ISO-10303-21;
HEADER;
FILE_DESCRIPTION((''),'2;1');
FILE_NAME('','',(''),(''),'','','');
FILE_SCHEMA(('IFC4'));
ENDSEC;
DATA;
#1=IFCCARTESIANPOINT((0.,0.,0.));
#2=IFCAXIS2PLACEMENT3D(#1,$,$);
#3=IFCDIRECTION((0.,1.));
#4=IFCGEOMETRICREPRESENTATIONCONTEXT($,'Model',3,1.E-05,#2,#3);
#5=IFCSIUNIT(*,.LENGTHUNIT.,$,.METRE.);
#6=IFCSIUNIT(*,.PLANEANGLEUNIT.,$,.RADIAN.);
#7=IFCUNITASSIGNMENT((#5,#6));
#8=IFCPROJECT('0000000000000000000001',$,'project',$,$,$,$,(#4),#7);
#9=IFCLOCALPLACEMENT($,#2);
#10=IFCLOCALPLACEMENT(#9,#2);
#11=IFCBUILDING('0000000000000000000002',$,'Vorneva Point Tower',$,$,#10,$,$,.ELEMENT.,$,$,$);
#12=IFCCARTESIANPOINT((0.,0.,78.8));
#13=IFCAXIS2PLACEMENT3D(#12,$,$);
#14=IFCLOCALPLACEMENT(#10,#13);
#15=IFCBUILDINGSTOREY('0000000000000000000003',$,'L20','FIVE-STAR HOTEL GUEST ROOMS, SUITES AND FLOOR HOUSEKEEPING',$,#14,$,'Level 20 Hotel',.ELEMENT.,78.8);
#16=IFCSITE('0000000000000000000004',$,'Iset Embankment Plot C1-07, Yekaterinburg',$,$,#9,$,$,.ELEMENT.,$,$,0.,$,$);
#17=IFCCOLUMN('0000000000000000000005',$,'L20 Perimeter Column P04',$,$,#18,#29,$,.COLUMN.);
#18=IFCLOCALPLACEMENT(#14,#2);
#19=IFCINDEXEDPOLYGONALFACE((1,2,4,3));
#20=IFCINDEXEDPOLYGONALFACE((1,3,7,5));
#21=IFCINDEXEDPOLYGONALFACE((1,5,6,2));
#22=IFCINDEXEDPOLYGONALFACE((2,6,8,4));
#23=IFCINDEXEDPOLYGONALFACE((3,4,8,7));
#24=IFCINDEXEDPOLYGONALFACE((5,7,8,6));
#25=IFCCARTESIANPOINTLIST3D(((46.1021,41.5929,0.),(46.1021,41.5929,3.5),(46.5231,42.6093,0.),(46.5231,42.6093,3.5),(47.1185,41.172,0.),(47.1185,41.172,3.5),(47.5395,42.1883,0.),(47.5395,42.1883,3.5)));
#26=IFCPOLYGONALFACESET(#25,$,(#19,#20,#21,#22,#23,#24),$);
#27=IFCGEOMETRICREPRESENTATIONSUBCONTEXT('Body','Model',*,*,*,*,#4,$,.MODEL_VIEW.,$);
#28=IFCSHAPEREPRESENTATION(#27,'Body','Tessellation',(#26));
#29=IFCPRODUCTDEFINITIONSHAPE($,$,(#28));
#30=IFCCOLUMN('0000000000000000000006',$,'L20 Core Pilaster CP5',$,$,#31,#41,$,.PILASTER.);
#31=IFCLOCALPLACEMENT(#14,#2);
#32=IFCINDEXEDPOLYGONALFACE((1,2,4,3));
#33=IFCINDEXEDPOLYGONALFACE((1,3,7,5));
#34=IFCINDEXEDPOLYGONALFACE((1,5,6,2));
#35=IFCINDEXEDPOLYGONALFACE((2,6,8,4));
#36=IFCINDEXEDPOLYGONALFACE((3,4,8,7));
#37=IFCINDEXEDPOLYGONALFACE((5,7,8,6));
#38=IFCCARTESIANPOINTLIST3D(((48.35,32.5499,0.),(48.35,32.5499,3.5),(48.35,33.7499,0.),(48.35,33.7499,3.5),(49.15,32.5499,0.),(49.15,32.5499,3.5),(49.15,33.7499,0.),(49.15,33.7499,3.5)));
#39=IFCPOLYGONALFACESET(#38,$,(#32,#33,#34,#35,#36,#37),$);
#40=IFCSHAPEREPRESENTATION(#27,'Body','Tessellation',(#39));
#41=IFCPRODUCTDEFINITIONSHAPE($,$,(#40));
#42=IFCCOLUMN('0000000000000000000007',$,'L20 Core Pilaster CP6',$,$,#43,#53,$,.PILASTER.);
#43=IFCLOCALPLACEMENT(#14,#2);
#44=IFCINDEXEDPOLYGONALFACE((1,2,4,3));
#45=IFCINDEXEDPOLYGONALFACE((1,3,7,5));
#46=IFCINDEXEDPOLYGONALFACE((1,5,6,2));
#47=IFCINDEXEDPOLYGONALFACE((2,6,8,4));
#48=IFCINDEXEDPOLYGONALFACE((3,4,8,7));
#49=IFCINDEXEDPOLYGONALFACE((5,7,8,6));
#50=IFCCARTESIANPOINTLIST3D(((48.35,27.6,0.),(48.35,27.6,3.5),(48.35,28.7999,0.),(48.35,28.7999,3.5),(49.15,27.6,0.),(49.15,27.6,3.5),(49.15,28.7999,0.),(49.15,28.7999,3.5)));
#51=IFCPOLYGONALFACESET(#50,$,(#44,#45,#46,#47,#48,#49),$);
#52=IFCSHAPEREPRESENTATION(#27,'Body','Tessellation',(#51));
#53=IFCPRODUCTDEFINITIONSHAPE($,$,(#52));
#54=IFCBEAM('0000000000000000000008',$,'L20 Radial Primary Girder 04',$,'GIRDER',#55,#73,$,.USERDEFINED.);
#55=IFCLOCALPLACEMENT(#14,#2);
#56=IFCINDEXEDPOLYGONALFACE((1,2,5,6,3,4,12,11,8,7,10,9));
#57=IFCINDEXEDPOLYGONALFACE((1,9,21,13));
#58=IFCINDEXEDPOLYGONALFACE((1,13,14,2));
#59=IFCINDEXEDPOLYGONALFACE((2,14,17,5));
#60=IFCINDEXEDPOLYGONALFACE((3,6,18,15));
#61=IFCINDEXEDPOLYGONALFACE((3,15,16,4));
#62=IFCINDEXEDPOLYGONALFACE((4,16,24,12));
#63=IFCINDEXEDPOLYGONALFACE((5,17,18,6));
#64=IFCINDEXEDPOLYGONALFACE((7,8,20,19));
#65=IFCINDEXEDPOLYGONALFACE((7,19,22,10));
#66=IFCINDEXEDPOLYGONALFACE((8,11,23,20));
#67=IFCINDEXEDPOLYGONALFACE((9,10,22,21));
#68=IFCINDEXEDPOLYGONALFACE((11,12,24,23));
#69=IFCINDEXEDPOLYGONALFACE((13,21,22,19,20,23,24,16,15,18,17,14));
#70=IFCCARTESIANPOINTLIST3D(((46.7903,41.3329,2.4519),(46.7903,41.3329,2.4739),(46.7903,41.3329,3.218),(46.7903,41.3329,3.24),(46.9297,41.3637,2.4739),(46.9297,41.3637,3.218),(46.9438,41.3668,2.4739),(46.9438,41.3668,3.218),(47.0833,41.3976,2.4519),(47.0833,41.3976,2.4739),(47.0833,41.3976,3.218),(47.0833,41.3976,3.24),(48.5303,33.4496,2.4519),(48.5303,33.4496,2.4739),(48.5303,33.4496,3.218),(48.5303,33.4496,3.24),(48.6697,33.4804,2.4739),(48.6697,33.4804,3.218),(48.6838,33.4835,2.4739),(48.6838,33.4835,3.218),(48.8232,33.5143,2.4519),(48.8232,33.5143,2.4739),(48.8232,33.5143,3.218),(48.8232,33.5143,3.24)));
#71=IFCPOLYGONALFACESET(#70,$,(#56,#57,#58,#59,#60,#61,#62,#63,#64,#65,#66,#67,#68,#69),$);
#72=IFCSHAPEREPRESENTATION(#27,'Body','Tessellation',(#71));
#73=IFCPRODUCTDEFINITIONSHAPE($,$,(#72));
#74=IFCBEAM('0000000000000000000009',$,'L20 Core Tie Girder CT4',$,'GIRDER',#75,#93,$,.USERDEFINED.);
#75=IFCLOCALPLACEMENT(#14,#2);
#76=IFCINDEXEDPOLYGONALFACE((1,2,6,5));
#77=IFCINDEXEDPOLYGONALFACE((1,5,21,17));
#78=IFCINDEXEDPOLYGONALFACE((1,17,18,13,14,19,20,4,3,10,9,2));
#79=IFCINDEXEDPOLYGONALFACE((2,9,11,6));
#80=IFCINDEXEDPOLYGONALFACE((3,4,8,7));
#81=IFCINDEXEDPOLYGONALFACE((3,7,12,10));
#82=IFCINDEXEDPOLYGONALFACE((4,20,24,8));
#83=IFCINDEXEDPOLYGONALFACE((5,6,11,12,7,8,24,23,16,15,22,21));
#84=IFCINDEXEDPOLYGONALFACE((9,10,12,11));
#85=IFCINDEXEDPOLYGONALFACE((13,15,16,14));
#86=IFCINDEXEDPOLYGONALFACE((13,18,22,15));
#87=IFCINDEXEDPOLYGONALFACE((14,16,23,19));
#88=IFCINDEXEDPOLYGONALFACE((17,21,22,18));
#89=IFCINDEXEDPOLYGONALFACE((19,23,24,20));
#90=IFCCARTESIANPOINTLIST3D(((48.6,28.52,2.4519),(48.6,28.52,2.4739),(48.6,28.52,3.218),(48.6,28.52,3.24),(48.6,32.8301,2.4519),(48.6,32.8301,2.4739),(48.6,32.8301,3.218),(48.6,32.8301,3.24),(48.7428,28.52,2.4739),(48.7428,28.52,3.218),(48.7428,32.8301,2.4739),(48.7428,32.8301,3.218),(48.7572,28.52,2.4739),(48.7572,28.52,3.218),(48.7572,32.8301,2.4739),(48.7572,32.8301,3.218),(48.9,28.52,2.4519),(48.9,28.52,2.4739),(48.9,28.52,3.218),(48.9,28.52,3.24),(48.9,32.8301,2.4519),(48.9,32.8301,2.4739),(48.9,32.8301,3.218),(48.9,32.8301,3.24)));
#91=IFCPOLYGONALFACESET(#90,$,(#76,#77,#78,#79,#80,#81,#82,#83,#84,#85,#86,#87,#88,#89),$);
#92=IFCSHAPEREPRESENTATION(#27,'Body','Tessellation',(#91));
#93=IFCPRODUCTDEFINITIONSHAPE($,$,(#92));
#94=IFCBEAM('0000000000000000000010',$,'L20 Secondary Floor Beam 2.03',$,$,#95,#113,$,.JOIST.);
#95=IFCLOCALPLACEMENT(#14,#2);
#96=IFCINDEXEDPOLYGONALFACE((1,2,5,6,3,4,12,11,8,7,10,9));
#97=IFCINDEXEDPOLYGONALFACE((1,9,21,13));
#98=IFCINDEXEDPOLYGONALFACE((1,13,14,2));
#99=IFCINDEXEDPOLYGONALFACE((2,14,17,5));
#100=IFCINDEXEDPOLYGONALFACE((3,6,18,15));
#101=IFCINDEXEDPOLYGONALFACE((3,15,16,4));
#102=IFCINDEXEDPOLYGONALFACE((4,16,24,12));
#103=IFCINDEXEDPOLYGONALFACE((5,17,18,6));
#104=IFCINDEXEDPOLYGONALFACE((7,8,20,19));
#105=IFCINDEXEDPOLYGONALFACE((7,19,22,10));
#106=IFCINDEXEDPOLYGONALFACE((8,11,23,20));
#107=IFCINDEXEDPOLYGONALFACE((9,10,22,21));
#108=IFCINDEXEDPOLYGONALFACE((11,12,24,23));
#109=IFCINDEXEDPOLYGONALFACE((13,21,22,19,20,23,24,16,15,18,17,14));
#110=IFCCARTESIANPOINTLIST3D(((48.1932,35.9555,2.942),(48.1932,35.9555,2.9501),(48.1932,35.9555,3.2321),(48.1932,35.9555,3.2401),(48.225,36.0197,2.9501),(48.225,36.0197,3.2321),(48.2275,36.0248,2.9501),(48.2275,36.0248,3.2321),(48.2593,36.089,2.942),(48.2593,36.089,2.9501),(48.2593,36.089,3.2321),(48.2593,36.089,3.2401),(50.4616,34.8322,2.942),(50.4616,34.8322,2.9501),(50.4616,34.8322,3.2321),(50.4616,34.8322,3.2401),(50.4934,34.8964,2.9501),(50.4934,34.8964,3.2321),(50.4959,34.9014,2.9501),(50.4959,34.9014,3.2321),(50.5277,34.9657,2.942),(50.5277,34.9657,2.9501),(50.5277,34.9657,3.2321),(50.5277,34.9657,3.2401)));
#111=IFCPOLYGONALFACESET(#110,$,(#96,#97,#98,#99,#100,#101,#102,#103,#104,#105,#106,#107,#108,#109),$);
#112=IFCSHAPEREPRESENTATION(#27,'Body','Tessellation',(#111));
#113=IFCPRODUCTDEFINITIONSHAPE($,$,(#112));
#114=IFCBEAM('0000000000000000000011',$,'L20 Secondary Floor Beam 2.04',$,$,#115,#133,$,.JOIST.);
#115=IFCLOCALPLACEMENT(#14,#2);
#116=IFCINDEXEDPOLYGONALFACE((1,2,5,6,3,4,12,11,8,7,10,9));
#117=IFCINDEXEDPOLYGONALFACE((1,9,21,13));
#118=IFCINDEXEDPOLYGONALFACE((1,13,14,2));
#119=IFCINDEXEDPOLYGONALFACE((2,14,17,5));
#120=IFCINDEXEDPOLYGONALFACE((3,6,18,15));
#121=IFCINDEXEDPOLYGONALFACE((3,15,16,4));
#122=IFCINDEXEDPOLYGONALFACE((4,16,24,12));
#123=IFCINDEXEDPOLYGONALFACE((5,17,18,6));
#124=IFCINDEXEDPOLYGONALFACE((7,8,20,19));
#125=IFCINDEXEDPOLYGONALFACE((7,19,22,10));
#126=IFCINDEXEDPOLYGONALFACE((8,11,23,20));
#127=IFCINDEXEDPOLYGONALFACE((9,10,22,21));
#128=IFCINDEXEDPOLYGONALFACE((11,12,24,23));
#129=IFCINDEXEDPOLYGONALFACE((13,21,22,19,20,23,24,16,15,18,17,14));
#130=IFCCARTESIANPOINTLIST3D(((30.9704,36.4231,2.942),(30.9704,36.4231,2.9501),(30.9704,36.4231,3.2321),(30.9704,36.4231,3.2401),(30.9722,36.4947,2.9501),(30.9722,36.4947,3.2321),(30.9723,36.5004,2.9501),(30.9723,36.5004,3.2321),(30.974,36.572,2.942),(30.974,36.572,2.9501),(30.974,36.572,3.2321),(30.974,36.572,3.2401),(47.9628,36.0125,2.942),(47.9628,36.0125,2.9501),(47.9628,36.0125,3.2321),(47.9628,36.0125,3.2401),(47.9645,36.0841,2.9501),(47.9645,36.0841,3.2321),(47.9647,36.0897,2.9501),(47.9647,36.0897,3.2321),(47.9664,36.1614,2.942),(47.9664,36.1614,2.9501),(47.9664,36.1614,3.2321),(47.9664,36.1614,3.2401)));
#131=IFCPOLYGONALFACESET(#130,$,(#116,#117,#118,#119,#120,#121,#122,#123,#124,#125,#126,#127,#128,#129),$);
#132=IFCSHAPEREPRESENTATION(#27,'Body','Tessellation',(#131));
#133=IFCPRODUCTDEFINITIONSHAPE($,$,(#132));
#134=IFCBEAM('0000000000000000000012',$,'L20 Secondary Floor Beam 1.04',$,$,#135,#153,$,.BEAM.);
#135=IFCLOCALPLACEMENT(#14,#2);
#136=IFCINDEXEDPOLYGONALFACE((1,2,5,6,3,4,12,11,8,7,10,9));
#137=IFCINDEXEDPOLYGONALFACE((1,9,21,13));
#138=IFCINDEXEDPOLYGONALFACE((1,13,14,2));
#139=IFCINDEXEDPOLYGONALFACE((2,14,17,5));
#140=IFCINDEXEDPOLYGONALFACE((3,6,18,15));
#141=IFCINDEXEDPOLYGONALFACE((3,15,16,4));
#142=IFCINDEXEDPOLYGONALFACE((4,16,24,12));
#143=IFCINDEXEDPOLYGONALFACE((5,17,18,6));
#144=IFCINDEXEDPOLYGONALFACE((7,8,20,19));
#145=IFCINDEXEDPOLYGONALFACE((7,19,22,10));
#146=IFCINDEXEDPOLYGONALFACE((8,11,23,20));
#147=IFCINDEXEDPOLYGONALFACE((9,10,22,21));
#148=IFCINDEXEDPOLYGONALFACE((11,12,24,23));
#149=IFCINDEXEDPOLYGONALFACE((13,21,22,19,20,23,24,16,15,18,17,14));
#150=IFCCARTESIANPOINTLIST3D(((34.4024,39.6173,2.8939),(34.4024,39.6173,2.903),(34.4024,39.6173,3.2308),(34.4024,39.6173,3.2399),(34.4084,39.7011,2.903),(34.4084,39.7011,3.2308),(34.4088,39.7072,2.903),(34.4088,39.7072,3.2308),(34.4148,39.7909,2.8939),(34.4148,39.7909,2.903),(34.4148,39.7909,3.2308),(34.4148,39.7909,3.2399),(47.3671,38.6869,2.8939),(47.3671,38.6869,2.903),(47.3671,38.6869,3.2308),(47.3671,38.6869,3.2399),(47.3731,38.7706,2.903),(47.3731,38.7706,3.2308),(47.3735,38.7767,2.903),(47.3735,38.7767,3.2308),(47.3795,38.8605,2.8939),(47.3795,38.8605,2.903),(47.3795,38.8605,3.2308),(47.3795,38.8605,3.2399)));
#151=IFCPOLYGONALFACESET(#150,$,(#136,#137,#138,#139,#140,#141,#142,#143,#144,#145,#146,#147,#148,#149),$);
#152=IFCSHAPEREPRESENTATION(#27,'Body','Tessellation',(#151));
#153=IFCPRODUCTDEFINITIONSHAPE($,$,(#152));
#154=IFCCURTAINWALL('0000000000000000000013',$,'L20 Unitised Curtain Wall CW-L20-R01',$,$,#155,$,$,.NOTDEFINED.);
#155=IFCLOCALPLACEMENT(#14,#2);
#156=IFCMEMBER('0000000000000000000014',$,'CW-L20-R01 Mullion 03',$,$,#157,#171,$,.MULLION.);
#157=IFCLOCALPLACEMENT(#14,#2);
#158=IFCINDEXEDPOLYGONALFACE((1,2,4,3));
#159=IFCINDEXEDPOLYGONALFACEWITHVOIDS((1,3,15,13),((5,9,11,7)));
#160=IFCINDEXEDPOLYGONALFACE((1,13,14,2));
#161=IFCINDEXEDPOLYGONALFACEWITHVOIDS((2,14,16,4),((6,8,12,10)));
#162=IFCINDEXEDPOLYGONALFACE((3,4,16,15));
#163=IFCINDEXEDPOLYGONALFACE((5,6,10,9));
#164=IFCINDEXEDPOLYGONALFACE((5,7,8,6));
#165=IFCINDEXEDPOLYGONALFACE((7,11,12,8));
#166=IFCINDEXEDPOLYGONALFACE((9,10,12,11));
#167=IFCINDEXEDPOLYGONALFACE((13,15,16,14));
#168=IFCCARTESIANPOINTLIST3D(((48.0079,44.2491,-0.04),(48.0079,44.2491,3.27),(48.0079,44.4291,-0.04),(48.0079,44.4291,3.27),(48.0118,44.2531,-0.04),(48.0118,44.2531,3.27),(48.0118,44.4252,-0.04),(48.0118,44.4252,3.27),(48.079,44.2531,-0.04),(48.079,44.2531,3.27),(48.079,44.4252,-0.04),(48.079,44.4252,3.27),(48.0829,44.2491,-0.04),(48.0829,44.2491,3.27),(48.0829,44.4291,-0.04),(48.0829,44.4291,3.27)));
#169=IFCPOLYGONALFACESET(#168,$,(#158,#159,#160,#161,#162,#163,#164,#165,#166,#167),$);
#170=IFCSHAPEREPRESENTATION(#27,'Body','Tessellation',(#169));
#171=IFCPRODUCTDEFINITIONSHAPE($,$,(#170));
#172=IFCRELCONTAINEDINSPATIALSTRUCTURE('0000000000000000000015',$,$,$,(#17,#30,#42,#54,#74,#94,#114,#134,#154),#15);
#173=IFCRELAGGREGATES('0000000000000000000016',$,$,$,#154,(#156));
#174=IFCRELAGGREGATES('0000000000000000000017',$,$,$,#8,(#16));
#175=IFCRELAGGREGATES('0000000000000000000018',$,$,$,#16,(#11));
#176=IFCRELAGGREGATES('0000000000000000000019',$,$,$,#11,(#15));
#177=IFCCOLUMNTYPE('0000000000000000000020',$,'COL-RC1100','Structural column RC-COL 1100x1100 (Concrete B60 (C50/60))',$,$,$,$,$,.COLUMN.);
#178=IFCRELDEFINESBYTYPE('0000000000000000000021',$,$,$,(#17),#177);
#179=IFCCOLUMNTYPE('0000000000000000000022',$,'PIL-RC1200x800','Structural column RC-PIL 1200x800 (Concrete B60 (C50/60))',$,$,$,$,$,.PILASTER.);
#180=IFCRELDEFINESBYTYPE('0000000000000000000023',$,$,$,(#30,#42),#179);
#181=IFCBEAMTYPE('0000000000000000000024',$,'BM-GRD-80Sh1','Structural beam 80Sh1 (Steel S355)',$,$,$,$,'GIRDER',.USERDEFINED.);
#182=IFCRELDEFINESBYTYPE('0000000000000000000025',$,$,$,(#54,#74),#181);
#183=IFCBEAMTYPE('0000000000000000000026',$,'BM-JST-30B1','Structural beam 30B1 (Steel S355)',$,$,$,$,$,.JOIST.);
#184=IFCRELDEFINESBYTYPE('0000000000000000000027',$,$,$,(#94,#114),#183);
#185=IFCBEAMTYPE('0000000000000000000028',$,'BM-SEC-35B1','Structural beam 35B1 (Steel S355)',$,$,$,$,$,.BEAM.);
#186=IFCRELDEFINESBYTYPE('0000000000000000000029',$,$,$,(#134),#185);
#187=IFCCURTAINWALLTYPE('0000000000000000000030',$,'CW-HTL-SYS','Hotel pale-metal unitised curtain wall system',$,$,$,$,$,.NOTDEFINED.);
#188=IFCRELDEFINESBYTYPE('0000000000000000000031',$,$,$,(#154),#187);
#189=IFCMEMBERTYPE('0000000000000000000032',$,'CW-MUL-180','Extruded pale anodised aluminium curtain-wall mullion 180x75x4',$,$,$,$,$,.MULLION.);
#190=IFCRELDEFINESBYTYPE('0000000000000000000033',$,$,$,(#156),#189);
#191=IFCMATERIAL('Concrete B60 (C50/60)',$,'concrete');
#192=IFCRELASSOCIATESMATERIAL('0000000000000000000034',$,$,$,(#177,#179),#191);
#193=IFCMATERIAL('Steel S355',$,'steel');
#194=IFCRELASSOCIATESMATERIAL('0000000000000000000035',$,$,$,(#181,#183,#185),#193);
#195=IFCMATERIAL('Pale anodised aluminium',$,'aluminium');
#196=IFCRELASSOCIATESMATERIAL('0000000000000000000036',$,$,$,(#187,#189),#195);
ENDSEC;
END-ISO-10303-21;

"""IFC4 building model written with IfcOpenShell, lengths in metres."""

from ifc_helpers import new_model, si_unit, direction, frame, origin, origin_2d, place, context, subcontext, project, spatial, rectangle, hollow_rectangle, i_section, extrude, material, material_profile, profile_set, type_object, element, aggregate, save


model = new_model("IFC4")

# Units and contexts
model_context = context("Model", 3, precision=1e-05, world=origin(), true_north=direction((0.0, 1.0)))
body_context = subcontext(model_context, "Body", "Model", "MODEL_VIEW")
ifc_project = project(units=[si_unit("LENGTHUNIT", "METRE"), si_unit("PLANEANGLEUNIT", "RADIAN")], contexts=[model_context])

# Site, building, storey
site_placement = place(None, origin())
site = spatial("IfcSite", under=ifc_project, at=site_placement, Name="Iset Embankment Plot C1-07, Yekaterinburg", CompositionType="ELEMENT", RefElevation=0.0)
building_placement = place(site_placement, origin())
building = spatial("IfcBuilding", under=site, at=building_placement, Name="Vorneva Point Tower", CompositionType="ELEMENT")
storey_placement = place(building_placement, frame((0.0, 0.0, 78.8)))
storey = spatial("IfcBuildingStorey", under=building, at=storey_placement, Name="L20", Description="FIVE-STAR HOTEL GUEST ROOMS, SUITES AND FLOOR HOUSEKEEPING", LongName="Level 20 Hotel", CompositionType="ELEMENT", Elevation=78.8)

# Columns
ifc_material_1 = material(Name="Concrete B60 (C50/60)", Category="concrete")
ifc_material_profile_1 = material_profile(ifc_material_1, rectangle(XDim=1.1001, YDim=1.1001, at=origin_2d()), Name="RC-COL 1100x1100")
ifc_profile_set_1 = profile_set([ifc_material_profile_1], Name="Concrete B60 (C50/60)")
column_type_1 = type_object("IfcColumnType", Name="COL-RC1100", Description="Structural column RC-COL 1100x1100 (Concrete B60 (C50/60))", PredefinedType="COLUMN", material=ifc_profile_set_1)
column_placement = place(storey_placement, frame((46.8208, 41.8906, 0.0), z_axis=(0.0, 0.0, 1.0), x_axis=(0.382683, 0.92388, 0.0)))
element("IfcColumn", 1, at=column_placement, inside=storey, type_object=column_type_1, Name="L20 Perimeter Column P04", PredefinedType="COLUMN", context=body_context, shape_type="SweptSolid", body=[
    extrude(rectangle(XDim=1.1001, YDim=1.1001, at=origin_2d()), origin(), (0.0, 0.0, 1.0), 3.5),
])
ifc_material_profile_2 = material_profile(ifc_material_1, rectangle(XDim=0.8, YDim=1.2, at=origin_2d()), Name="RC-PIL 1200x800")
ifc_profile_set_2 = profile_set([ifc_material_profile_2], Name="Concrete B60 (C50/60)")
column_type_2 = type_object("IfcColumnType", Name="PIL-RC1200x800", Description="Structural column RC-PIL 1200x800 (Concrete B60 (C50/60))", PredefinedType="PILASTER", material=ifc_profile_set_2)
for number, where, z_axis, x_axis, name in (
    (2, (48.75, 33.1499, 0.0), (0.0, 0.0, 1.0), (1.0, 0.0, 0.0), "L20 Core Pilaster CP5"),
    (3, (48.75, 28.2, 0.0), (0.0, 0.0, 1.0), (1.0, 0.0, 0.0), "L20 Core Pilaster CP6"),
):
    element("IfcColumn", number, at=place(storey_placement, frame(where, z_axis=z_axis, x_axis=x_axis)), inside=storey, type_object=column_type_2, Name=name, PredefinedType="PILASTER", context=body_context, shape_type="SweptSolid", body=[
        extrude(rectangle(XDim=0.8, YDim=1.2, at=origin_2d()), origin(), (0.0, 0.0, 1.0), 3.5),
    ])

# Beams
ifc_material_2 = material(Name="Steel S355", Category="steel")
ifc_material_profile_3 = material_profile(ifc_material_2, i_section(OverallWidth=0.3, OverallDepth=0.7881, WebThickness=0.0144, FlangeThickness=0.022, at=origin_2d()), Name="80Sh1")
ifc_profile_set_3 = profile_set([ifc_material_profile_3], Name="Steel S355")
beam_type_1 = type_object("IfcBeamType", Name="BM-GRD-80Sh1", Description="Structural beam 80Sh1 (Steel S355)", ElementType="GIRDER", PredefinedType="USERDEFINED", material=ifc_profile_set_3)
beam_1_placement = place(storey_placement, frame((46.9368, 41.3652, 2.8459), z_axis=(0.215531, -0.976497, 0.0), x_axis=(0.976497, 0.215531, 0.0)))
element("IfcBeam", 4, at=beam_1_placement, inside=storey, type_object=beam_type_1, Name="L20 Radial Primary Girder 04", ObjectType="GIRDER", PredefinedType="USERDEFINED", context=body_context, shape_type="SweptSolid", body=[
    extrude(i_section(OverallWidth=0.3, OverallDepth=0.7881, WebThickness=0.0144, FlangeThickness=0.022, at=origin_2d()), origin(), (0.0, 0.0, 1.0), 8.073),
])
beam_2_placement = place(storey_placement, frame((48.75, 28.52, 2.8459), z_axis=(0.0, 1.0, 0.0), x_axis=(-1.0, 0.0, 0.0)))
element("IfcBeam", 5, at=beam_2_placement, inside=storey, type_object=beam_type_1, Name="L20 Core Tie Girder CT4", ObjectType="GIRDER", PredefinedType="USERDEFINED", context=body_context, shape_type="SweptSolid", body=[
    extrude(i_section(OverallWidth=0.3, OverallDepth=0.7881, WebThickness=0.0144, FlangeThickness=0.022, at=origin_2d()), origin(), (0.0, 0.0, 1.0), 4.3101),
])
ifc_material_profile_4 = material_profile(ifc_material_2, i_section(OverallWidth=0.1489, OverallDepth=0.2981, WebThickness=0.0056, FlangeThickness=0.0081, at=origin_2d()), Name="30B1")
ifc_profile_set_4 = profile_set([ifc_material_profile_4], Name="Steel S355")
beam_type_2 = type_object("IfcBeamType", Name="BM-JST-30B1", Description="Structural beam 30B1 (Steel S355)", PredefinedType="JOIST", material=ifc_profile_set_4)
beam_3_placement = place(storey_placement, frame((50.4946, 34.8989, 3.0911), z_axis=(-0.896137, 0.443777, 0.0), x_axis=(-0.443777, -0.896137, 0.0)))
element("IfcBeam", 6, at=beam_3_placement, inside=storey, type_object=beam_type_2, Name="L20 Secondary Floor Beam 2.03", PredefinedType="JOIST", context=body_context, shape_type="SweptSolid", body=[
    extrude(i_section(OverallWidth=0.1489, OverallDepth=0.2981, WebThickness=0.0056, FlangeThickness=0.0081, at=origin_2d()), origin(), (0.0, 0.0, 1.0), 2.5312),
])
beam_4_placement = place(storey_placement, frame((47.9646, 36.0869, 3.0911), z_axis=(-0.999708, 0.024159, 0.0), x_axis=(-0.024159, -0.999708, 0.0)))
element("IfcBeam", 7, at=beam_4_placement, inside=storey, type_object=beam_type_2, Name="L20 Secondary Floor Beam 2.04", PredefinedType="JOIST", context=body_context, shape_type="SweptSolid", body=[
    extrude(i_section(OverallWidth=0.1489, OverallDepth=0.2981, WebThickness=0.0056, FlangeThickness=0.0081, at=origin_2d()), origin(), (0.0, 0.0, 1.0), 16.9973),
])
ifc_material_profile_5 = material_profile(ifc_material_2, i_section(OverallWidth=0.1741, OverallDepth=0.3459, WebThickness=0.0061, FlangeThickness=0.009, at=origin_2d()), Name="35B1")
ifc_profile_set_5 = profile_set([ifc_material_profile_5], Name="Steel S355")
beam_type_3 = type_object("IfcBeamType", Name="BM-SEC-35B1", Description="Structural beam 35B1 (Steel S355)", PredefinedType="BEAM", material=ifc_profile_set_5)
beam_5_placement = place(storey_placement, frame((47.3733, 38.7737, 3.0669), z_axis=(-0.997435, 0.071582, 0.0), x_axis=(-0.071582, -0.997435, 0.0)))
element("IfcBeam", 8, at=beam_5_placement, inside=storey, type_object=beam_type_3, Name="L20 Secondary Floor Beam 1.04", PredefinedType="BEAM", context=body_context, shape_type="SweptSolid", body=[
    extrude(i_section(OverallWidth=0.1741, OverallDepth=0.3459, WebThickness=0.0061, FlangeThickness=0.009, at=origin_2d()), origin(), (0.0, 0.0, 1.0), 12.998),
])

# Curtain wall, member
ifc_material_3 = material(Name="Pale anodised aluminium", Category="aluminium")
curtain_wall_type = type_object("IfcCurtainWallType", Name="CW-HTL-SYS", Description="Hotel pale-metal unitised curtain wall system", PredefinedType="NOTDEFINED", material=ifc_material_3)
curtain_wall_placement = place(storey_placement, origin())
curtain_wall = element("IfcCurtainWall", 9, at=curtain_wall_placement, inside=storey, type_object=curtain_wall_type, Name="L20 Unitised Curtain Wall CW-L20-R01", PredefinedType="NOTDEFINED")
ifc_material_profile_6 = material_profile(ifc_material_3, hollow_rectangle(XDim=0.075, YDim=0.1799, WallThickness=0.0039, at=origin_2d()), Name="AL-MUL 180x75x4")
ifc_profile_set_6 = profile_set([ifc_material_profile_6], Name="Pale anodised aluminium")
member_type_1 = type_object("IfcMemberType", Name="CW-MUL-180", Description="Extruded pale anodised aluminium curtain-wall mullion 180x75x4", PredefinedType="MULLION", material=ifc_profile_set_6)
member_1_placement = place(storey_placement, frame((48.0454, 44.3391, -0.04), z_axis=(0.0, 0.0, 1.0), x_axis=(1.0, 0.0, 0.0)))
member_1 = element("IfcMember", 10, at=member_1_placement, type_object=member_type_1, Name="CW-L20-R01 Mullion 03", PredefinedType="MULLION", context=body_context, shape_type="SweptSolid", body=[
    extrude(hollow_rectangle(XDim=0.075, YDim=0.1799, WallThickness=0.0039, at=origin_2d()), origin(), (0.0, 0.0, 1.0), 3.3101),
])
aggregate(curtain_wall, [member_1])

save(model, "model.ifc")
